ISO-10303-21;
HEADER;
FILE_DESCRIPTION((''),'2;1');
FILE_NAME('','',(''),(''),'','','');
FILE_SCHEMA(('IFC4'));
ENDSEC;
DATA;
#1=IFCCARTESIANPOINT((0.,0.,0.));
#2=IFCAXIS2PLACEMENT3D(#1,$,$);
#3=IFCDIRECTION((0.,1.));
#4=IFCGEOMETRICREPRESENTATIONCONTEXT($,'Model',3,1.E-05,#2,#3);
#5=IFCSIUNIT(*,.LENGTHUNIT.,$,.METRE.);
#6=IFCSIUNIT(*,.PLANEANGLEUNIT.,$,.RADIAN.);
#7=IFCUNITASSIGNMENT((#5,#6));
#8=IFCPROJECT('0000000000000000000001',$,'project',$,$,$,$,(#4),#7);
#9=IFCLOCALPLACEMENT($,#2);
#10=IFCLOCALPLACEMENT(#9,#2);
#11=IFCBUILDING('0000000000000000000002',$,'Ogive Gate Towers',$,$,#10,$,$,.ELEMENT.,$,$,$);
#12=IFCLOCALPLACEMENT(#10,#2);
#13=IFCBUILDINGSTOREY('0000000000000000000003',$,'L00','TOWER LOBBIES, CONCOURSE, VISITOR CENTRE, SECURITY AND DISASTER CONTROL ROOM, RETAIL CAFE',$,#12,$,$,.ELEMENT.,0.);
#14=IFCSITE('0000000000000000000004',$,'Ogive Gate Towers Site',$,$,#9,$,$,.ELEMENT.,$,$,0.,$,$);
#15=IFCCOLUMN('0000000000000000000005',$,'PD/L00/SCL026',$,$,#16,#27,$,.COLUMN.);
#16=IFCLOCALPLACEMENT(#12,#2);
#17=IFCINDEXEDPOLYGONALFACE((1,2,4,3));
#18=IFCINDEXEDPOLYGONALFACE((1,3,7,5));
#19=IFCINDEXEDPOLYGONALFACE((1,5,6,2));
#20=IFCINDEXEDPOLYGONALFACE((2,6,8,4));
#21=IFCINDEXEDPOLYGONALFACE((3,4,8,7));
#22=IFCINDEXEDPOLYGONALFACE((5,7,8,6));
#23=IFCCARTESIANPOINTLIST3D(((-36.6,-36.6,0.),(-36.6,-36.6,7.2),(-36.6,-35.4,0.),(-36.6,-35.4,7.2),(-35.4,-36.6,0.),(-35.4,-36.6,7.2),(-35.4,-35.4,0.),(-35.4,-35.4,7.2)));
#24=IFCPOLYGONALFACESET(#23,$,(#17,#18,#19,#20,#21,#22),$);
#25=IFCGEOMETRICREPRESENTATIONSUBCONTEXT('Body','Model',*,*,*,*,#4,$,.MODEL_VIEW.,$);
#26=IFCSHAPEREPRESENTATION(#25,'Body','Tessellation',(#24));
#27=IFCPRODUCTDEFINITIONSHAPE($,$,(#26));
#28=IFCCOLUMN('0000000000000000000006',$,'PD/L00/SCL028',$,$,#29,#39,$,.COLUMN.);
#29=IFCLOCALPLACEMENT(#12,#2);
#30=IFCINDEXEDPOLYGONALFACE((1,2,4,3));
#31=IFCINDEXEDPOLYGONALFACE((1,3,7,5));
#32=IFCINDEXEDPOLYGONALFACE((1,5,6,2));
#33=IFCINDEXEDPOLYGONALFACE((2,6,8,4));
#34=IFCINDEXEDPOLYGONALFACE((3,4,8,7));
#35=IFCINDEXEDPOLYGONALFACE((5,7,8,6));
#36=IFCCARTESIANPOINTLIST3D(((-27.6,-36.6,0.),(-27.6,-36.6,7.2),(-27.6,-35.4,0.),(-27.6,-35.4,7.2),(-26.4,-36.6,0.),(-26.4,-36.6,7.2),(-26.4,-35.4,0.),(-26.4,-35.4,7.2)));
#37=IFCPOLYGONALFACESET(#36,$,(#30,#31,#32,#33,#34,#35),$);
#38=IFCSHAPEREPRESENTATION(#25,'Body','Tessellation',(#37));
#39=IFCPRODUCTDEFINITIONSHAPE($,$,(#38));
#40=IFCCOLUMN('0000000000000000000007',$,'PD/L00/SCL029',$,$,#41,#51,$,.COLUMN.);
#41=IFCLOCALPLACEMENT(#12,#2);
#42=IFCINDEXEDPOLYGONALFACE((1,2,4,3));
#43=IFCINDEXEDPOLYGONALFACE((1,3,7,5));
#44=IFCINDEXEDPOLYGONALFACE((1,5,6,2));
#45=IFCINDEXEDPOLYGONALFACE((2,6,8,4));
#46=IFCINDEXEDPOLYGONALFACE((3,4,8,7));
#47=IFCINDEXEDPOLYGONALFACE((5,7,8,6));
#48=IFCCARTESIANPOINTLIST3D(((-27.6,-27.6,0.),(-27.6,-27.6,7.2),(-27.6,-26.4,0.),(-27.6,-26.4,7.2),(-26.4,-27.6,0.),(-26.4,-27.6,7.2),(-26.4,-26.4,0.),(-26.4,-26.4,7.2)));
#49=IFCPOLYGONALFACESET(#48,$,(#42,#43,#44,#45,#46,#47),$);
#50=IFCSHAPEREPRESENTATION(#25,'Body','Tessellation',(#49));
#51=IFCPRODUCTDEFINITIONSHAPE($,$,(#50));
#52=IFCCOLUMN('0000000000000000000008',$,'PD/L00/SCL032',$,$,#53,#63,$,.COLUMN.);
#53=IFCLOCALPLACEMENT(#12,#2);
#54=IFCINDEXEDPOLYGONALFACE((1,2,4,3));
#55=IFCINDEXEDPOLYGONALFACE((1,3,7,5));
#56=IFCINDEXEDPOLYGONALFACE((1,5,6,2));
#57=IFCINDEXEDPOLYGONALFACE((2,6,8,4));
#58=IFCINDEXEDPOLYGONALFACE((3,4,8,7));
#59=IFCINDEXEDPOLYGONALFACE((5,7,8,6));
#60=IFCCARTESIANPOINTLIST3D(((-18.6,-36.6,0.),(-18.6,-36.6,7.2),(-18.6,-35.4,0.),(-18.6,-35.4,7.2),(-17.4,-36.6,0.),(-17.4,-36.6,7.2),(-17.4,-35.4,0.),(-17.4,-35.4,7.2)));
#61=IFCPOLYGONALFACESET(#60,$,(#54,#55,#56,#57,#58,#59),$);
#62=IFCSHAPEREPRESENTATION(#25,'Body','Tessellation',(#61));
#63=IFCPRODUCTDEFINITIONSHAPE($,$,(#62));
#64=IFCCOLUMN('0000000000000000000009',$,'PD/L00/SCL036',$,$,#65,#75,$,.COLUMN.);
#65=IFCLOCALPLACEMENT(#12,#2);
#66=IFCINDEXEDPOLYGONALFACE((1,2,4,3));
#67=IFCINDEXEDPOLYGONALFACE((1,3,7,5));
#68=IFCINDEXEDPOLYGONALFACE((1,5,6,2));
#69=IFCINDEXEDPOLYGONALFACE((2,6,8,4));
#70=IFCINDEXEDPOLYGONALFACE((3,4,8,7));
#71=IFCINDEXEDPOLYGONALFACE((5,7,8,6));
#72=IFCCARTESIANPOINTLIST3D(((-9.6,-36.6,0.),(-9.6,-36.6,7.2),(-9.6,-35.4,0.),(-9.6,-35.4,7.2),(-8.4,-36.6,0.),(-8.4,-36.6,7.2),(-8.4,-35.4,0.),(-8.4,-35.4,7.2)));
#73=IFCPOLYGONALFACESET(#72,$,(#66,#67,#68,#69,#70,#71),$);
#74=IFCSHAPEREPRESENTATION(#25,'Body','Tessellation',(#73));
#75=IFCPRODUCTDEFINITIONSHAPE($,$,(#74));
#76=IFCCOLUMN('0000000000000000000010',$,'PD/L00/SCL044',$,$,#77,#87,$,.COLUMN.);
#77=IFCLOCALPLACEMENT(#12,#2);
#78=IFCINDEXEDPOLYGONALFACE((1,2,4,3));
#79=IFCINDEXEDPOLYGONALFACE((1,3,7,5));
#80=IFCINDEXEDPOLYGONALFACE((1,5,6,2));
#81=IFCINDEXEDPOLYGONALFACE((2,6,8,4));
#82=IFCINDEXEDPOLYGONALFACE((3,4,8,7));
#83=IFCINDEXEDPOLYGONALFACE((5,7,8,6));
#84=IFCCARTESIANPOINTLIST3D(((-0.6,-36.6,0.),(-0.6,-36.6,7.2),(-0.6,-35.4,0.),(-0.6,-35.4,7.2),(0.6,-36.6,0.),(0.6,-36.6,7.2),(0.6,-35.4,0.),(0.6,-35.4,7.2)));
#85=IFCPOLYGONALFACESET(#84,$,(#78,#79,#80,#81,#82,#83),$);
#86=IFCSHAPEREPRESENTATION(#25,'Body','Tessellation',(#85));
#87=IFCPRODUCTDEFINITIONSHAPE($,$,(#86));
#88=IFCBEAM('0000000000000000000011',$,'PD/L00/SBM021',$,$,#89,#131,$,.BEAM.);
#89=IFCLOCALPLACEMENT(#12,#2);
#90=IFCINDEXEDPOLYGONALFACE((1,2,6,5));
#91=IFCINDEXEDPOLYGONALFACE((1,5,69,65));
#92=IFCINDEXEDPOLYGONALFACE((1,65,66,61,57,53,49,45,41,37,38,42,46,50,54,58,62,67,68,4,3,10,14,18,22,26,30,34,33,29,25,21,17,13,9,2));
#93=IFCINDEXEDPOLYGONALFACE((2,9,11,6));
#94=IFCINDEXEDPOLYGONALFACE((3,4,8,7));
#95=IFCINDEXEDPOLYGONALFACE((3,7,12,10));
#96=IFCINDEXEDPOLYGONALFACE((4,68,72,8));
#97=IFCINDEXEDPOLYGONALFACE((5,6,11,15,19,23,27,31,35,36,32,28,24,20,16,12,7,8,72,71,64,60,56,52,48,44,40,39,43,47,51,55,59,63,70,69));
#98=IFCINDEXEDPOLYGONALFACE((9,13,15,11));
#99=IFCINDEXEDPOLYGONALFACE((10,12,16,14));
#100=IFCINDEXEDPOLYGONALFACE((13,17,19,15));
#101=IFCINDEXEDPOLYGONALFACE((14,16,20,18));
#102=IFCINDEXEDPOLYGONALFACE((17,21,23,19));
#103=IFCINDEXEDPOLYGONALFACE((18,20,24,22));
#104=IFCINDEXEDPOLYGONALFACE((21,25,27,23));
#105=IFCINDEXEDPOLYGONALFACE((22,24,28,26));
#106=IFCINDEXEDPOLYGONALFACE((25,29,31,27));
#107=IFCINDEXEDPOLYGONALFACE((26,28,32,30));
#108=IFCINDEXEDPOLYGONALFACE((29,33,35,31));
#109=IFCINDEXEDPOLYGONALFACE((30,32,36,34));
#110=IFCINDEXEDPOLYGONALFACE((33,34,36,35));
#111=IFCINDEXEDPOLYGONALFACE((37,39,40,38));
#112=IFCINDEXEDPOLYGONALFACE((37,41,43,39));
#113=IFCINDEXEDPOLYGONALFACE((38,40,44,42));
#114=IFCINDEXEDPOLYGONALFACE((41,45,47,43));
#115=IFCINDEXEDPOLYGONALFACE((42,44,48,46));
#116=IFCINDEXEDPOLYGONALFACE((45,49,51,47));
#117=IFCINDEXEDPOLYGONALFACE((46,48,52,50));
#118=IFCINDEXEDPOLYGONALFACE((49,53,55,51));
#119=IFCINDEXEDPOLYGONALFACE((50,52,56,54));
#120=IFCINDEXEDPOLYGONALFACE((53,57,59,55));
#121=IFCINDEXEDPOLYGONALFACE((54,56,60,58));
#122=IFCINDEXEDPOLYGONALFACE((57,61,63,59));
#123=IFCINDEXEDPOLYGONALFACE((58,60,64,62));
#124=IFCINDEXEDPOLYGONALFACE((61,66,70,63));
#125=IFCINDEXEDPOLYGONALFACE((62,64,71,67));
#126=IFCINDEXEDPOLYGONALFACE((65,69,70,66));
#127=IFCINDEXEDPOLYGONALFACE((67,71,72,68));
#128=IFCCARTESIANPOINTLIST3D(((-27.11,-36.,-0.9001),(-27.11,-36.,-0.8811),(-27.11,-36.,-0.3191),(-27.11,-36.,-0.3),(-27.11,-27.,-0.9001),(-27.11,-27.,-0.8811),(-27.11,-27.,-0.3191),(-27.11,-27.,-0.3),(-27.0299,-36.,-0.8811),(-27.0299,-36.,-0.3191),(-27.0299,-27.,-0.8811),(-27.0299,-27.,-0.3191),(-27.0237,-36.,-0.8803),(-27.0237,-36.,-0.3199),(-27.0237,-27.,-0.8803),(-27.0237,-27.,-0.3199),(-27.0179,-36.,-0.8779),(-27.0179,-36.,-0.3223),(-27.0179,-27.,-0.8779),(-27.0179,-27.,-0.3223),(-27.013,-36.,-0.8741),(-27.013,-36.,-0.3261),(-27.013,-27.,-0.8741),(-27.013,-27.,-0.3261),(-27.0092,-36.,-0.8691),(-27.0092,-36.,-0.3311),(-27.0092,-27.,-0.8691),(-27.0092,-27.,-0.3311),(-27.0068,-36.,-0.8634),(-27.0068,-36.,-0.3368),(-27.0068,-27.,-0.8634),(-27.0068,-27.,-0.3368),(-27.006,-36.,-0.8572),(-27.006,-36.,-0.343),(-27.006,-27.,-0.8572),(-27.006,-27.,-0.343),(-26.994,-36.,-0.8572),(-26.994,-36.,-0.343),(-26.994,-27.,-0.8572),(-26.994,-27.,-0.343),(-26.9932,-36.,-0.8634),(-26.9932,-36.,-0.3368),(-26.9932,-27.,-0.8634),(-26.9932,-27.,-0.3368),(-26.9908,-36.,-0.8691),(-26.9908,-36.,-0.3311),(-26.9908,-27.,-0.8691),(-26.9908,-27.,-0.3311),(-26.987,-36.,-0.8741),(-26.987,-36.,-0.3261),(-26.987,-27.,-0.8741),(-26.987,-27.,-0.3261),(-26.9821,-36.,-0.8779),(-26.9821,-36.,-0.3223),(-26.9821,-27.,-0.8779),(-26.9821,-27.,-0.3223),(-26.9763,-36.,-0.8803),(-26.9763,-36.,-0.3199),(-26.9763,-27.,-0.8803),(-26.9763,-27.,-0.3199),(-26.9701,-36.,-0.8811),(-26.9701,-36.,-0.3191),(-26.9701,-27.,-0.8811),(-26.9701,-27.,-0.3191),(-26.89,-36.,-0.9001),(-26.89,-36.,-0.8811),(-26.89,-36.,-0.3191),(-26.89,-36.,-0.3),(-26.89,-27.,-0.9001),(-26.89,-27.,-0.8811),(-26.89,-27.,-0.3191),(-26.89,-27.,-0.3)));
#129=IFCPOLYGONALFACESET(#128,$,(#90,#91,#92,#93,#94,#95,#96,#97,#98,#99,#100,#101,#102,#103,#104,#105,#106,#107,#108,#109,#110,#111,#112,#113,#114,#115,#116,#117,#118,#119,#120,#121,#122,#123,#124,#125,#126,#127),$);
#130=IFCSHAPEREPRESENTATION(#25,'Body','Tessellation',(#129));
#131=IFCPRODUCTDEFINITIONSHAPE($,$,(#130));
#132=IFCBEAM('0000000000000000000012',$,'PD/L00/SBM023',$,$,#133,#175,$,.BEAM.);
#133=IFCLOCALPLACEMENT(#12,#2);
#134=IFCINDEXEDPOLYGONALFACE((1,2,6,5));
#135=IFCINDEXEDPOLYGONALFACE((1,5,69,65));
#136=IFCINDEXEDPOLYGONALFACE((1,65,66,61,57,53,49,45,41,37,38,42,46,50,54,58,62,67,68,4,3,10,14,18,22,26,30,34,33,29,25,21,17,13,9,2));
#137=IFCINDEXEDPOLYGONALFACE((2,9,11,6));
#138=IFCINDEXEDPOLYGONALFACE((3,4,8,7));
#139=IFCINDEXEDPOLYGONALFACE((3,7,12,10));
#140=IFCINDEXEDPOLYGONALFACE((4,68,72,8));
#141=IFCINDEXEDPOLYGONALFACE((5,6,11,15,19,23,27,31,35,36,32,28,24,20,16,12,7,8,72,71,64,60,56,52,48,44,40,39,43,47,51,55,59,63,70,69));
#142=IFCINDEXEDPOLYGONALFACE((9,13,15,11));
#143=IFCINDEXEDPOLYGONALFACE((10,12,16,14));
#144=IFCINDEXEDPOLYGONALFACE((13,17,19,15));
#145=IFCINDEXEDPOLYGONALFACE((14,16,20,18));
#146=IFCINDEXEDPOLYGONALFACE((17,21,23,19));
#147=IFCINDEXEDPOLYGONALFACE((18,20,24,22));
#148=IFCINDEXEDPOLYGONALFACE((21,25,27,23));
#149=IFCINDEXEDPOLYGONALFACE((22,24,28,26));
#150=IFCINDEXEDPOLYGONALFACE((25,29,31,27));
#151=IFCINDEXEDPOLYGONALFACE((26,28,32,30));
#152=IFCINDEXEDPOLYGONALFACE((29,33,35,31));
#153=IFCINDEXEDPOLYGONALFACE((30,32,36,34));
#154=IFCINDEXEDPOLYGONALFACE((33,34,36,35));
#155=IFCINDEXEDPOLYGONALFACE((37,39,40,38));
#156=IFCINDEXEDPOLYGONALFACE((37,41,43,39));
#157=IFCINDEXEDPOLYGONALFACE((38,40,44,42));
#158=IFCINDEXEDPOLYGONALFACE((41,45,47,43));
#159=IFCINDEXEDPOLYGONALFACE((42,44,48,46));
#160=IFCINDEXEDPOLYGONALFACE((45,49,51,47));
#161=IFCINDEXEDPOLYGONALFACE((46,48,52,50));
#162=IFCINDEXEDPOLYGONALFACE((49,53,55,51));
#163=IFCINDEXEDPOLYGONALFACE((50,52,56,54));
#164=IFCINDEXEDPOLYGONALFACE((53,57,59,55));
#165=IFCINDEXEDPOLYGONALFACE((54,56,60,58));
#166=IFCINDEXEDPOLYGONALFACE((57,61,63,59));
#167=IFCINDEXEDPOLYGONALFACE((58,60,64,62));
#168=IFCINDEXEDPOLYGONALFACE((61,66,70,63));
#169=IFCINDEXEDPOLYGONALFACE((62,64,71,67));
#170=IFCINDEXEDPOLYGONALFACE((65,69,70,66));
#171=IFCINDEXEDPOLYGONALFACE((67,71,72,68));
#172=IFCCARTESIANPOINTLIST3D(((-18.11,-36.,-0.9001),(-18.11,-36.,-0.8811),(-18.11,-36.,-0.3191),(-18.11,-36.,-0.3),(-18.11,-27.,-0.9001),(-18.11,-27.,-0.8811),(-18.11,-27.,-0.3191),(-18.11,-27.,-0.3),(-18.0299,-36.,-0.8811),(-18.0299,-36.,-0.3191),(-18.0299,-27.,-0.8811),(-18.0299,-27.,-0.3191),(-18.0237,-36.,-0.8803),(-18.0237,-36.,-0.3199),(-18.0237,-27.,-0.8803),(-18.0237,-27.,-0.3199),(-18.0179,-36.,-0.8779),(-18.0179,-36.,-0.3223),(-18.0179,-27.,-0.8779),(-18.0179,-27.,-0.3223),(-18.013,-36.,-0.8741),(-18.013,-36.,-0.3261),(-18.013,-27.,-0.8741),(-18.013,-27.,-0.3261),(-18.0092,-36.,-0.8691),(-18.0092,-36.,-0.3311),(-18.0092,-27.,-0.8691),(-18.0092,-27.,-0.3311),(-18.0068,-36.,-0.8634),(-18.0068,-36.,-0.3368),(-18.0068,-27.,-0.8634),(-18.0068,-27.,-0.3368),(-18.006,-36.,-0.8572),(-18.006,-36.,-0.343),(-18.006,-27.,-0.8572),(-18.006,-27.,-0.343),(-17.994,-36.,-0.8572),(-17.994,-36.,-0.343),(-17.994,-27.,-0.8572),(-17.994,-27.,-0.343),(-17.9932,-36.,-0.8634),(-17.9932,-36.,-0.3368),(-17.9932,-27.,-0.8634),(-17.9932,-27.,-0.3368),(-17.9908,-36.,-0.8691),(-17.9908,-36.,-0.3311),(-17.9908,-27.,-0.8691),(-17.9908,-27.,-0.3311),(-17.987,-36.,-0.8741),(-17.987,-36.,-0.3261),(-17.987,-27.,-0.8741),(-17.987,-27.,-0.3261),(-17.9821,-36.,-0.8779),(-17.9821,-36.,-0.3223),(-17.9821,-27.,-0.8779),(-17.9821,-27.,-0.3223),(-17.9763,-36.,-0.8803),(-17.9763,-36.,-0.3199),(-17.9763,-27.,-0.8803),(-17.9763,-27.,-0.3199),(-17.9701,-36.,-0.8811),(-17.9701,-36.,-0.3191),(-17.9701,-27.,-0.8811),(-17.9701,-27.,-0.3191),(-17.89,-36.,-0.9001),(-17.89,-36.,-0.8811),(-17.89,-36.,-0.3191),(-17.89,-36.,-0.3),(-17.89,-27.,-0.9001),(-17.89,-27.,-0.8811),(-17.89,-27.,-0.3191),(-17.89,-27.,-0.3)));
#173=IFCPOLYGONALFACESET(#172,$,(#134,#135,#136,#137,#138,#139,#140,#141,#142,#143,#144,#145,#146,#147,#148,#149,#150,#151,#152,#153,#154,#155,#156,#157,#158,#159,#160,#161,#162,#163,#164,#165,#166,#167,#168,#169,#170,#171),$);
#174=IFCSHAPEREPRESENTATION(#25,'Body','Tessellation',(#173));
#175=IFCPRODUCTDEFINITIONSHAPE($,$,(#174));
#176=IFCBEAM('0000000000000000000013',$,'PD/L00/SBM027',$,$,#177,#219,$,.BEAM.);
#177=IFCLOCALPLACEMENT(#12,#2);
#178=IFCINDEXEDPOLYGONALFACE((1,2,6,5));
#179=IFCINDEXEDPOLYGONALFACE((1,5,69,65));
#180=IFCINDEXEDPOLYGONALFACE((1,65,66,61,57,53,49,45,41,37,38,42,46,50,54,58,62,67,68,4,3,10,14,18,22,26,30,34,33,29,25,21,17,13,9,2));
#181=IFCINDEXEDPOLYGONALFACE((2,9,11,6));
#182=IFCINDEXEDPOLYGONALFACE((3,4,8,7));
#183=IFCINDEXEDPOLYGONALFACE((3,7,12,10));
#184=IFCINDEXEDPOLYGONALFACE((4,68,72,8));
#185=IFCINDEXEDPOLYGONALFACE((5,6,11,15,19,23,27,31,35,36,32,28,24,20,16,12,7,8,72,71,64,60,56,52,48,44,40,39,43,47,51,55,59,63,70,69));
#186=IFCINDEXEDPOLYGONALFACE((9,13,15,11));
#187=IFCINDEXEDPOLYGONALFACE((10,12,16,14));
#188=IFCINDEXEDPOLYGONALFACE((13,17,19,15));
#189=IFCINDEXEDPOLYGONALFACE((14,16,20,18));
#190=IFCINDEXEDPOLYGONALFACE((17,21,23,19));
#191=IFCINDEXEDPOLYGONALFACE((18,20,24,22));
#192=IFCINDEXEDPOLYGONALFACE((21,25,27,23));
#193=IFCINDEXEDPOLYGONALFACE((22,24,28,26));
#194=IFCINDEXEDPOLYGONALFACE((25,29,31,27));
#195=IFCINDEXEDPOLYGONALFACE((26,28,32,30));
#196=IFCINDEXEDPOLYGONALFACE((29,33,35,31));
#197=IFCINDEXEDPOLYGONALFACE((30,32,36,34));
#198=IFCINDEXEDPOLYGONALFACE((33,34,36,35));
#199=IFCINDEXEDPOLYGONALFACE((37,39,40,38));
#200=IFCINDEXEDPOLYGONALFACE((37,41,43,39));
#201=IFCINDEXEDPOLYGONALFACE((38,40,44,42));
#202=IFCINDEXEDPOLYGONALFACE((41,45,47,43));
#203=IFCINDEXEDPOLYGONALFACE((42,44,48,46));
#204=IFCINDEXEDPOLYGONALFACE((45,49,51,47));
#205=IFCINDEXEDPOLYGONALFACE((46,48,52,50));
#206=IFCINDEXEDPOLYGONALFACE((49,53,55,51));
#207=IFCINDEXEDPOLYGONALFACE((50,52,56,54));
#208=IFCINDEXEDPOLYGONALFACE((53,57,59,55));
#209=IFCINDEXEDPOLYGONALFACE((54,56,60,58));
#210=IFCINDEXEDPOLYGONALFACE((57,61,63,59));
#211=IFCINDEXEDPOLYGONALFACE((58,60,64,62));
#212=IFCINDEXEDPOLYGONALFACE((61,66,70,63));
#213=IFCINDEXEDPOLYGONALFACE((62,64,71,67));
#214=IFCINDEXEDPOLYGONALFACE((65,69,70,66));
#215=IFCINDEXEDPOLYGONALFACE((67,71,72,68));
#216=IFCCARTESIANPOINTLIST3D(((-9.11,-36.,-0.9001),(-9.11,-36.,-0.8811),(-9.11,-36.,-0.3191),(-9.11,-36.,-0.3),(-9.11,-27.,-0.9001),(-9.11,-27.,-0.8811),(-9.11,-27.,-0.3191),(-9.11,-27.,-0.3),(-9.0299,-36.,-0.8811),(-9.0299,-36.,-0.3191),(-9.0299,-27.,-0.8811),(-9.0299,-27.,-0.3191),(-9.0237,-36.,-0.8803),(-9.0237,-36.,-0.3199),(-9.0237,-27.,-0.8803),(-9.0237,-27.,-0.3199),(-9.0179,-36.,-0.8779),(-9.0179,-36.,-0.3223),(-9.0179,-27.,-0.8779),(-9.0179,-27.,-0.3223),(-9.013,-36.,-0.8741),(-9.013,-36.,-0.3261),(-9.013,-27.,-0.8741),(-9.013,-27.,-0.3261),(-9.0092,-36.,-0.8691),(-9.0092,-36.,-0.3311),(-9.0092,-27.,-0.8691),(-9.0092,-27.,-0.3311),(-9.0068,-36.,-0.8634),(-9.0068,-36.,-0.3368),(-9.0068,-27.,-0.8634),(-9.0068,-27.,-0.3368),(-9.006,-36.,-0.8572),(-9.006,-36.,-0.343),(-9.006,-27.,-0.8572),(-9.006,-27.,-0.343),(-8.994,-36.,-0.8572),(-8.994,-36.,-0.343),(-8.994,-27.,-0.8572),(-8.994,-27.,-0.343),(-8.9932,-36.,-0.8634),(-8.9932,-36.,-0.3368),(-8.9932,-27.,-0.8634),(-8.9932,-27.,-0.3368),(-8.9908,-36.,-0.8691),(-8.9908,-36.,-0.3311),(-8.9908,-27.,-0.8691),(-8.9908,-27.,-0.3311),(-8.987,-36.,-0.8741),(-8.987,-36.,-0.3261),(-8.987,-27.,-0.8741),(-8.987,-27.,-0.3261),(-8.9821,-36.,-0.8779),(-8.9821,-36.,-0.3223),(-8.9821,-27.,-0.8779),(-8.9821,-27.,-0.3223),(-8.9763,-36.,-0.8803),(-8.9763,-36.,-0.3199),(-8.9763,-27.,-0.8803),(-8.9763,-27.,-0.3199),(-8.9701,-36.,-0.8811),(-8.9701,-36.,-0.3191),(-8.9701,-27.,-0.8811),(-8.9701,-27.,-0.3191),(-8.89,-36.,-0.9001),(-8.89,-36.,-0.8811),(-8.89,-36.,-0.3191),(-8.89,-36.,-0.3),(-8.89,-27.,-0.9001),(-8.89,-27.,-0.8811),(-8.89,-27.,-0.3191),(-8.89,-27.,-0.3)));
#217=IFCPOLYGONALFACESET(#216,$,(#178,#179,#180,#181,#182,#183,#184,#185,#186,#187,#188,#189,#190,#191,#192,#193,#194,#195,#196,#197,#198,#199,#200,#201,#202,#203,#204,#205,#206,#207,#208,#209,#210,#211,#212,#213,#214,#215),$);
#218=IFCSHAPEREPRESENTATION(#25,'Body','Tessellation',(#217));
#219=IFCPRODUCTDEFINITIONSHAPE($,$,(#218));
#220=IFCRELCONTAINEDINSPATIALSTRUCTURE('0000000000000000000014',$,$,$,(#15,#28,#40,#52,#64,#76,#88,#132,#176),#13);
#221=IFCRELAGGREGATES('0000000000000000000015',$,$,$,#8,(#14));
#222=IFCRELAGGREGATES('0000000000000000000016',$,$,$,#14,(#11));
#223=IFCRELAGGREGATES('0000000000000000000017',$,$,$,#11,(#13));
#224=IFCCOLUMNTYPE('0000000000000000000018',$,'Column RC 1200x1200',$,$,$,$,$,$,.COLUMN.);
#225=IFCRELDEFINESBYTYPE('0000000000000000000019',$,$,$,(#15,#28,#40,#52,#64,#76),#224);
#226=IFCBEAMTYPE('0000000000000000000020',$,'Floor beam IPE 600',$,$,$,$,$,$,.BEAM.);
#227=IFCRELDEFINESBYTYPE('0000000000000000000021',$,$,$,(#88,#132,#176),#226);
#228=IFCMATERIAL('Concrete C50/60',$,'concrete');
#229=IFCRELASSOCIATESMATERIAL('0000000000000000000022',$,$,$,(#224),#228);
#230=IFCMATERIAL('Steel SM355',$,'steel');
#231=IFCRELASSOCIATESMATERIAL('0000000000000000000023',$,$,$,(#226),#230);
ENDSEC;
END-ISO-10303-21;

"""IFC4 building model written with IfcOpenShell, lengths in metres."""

from ifc_helpers import new_model, si_unit, direction, frame, origin, origin_2d, place, context, subcontext, project, spatial, rectangle, i_section, extrude, material, material_profile, profile_set, type_object, element, save


model = new_model("IFC4")

# Units and contexts
model_context = context("Model", 3, precision=1e-05, world=origin(), true_north=direction((0.0, 1.0)))
body_context = subcontext(model_context, "Body", "Model", "MODEL_VIEW")
ifc_project = project(units=[si_unit("LENGTHUNIT", "METRE"), si_unit("PLANEANGLEUNIT", "RADIAN")], contexts=[model_context])

# Site, building, storey
site_placement = place(None, origin())
site = spatial("IfcSite", under=ifc_project, at=site_placement, Name="Ogive Gate Towers Site", CompositionType="ELEMENT", RefElevation=0.0)
building_placement = place(site_placement, origin())
building = spatial("IfcBuilding", under=site, at=building_placement, Name="Ogive Gate Towers", CompositionType="ELEMENT")
storey_placement = place(building_placement, origin())
storey = spatial("IfcBuildingStorey", under=building, at=storey_placement, Name="L00", Description="TOWER LOBBIES, CONCOURSE, VISITOR CENTRE, SECURITY AND DISASTER CONTROL ROOM, RETAIL CAFE", CompositionType="ELEMENT", Elevation=0.0)

# Columns
ifc_material_1 = material(Name="Concrete C50/60", Category="concrete")
ifc_material_profile_1 = material_profile(ifc_material_1, rectangle(XDim=1.2, YDim=1.2, at=origin_2d()), Name="RC 1200x1200")
ifc_profile_set_1 = profile_set([ifc_material_profile_1], Name="Concrete C50/60")
column_type = type_object("IfcColumnType", Name="Column RC 1200x1200", PredefinedType="COLUMN", material=ifc_profile_set_1)
for number, where, z_axis, x_axis, name in (
    (1, (-36.0, -36.0, 0.0), (0.0, 0.0, 1.0), (1.0, 0.0, 0.0), "PD/L00/SCL026"),
    (2, (-27.0, -36.0, 0.0), (0.0, 0.0, 1.0), (1.0, 0.0, 0.0), "PD/L00/SCL028"),
    (3, (-27.0, -27.0, 0.0), (0.0, 0.0, 1.0), (1.0, 0.0, 0.0), "PD/L00/SCL029"),
    (4, (-18.0, -36.0, 0.0), (0.0, 0.0, 1.0), (1.0, 0.0, 0.0), "PD/L00/SCL032"),
    (5, (-9.0, -36.0, 0.0), (0.0, 0.0, 1.0), (1.0, 0.0, 0.0), "PD/L00/SCL036"),
    (6, (0.0, -36.0, 0.0), (0.0, 0.0, 1.0), (1.0, 0.0, 0.0), "PD/L00/SCL044"),
):
    element("IfcColumn", number, at=place(storey_placement, frame(where, z_axis=z_axis, x_axis=x_axis)), inside=storey, type_object=column_type, Name=name, PredefinedType="COLUMN", context=body_context, shape_type="SweptSolid", body=[
        extrude(rectangle(XDim=1.2, YDim=1.2, at=origin_2d()), origin(), (0.0, 0.0, 1.0), 7.2),
    ])

# Beams
ifc_material_2 = material(Name="Steel SM355", Category="steel")
ifc_material_profile_2 = material_profile(ifc_material_2, i_section(OverallWidth=0.22, OverallDepth=0.6001, WebThickness=0.012, FlangeThickness=0.019, FilletRadius=0.0239, at=origin_2d()), Name="IPE 600")
ifc_profile_set_2 = profile_set([ifc_material_profile_2], Name="Steel SM355")
beam_type = type_object("IfcBeamType", Name="Floor beam IPE 600", PredefinedType="BEAM", material=ifc_profile_set_2)
for number, where, z_axis, x_axis, name in (
    (7, (-27.0, -36.0, -0.6001), (0.0, 1.0, 0.0), (-1.0, 0.0, 0.0), "PD/L00/SBM021"),
    (8, (-18.0, -36.0, -0.6001), (0.0, 1.0, 0.0), (-1.0, 0.0, 0.0), "PD/L00/SBM023"),
    (9, (-9.0, -36.0, -0.6001), (0.0, 1.0, 0.0), (-1.0, 0.0, 0.0), "PD/L00/SBM027"),
):
    element("IfcBeam", number, at=place(storey_placement, frame(where, z_axis=z_axis, x_axis=x_axis)), inside=storey, type_object=beam_type, Name=name, PredefinedType="BEAM", context=body_context, shape_type="SweptSolid", body=[
        extrude(i_section(OverallWidth=0.22, OverallDepth=0.6001, WebThickness=0.012, FlangeThickness=0.019, FilletRadius=0.0239, at=origin_2d()), origin(), (0.0, 0.0, 1.0), 9.0),
    ])

save(model, "model.ifc")
